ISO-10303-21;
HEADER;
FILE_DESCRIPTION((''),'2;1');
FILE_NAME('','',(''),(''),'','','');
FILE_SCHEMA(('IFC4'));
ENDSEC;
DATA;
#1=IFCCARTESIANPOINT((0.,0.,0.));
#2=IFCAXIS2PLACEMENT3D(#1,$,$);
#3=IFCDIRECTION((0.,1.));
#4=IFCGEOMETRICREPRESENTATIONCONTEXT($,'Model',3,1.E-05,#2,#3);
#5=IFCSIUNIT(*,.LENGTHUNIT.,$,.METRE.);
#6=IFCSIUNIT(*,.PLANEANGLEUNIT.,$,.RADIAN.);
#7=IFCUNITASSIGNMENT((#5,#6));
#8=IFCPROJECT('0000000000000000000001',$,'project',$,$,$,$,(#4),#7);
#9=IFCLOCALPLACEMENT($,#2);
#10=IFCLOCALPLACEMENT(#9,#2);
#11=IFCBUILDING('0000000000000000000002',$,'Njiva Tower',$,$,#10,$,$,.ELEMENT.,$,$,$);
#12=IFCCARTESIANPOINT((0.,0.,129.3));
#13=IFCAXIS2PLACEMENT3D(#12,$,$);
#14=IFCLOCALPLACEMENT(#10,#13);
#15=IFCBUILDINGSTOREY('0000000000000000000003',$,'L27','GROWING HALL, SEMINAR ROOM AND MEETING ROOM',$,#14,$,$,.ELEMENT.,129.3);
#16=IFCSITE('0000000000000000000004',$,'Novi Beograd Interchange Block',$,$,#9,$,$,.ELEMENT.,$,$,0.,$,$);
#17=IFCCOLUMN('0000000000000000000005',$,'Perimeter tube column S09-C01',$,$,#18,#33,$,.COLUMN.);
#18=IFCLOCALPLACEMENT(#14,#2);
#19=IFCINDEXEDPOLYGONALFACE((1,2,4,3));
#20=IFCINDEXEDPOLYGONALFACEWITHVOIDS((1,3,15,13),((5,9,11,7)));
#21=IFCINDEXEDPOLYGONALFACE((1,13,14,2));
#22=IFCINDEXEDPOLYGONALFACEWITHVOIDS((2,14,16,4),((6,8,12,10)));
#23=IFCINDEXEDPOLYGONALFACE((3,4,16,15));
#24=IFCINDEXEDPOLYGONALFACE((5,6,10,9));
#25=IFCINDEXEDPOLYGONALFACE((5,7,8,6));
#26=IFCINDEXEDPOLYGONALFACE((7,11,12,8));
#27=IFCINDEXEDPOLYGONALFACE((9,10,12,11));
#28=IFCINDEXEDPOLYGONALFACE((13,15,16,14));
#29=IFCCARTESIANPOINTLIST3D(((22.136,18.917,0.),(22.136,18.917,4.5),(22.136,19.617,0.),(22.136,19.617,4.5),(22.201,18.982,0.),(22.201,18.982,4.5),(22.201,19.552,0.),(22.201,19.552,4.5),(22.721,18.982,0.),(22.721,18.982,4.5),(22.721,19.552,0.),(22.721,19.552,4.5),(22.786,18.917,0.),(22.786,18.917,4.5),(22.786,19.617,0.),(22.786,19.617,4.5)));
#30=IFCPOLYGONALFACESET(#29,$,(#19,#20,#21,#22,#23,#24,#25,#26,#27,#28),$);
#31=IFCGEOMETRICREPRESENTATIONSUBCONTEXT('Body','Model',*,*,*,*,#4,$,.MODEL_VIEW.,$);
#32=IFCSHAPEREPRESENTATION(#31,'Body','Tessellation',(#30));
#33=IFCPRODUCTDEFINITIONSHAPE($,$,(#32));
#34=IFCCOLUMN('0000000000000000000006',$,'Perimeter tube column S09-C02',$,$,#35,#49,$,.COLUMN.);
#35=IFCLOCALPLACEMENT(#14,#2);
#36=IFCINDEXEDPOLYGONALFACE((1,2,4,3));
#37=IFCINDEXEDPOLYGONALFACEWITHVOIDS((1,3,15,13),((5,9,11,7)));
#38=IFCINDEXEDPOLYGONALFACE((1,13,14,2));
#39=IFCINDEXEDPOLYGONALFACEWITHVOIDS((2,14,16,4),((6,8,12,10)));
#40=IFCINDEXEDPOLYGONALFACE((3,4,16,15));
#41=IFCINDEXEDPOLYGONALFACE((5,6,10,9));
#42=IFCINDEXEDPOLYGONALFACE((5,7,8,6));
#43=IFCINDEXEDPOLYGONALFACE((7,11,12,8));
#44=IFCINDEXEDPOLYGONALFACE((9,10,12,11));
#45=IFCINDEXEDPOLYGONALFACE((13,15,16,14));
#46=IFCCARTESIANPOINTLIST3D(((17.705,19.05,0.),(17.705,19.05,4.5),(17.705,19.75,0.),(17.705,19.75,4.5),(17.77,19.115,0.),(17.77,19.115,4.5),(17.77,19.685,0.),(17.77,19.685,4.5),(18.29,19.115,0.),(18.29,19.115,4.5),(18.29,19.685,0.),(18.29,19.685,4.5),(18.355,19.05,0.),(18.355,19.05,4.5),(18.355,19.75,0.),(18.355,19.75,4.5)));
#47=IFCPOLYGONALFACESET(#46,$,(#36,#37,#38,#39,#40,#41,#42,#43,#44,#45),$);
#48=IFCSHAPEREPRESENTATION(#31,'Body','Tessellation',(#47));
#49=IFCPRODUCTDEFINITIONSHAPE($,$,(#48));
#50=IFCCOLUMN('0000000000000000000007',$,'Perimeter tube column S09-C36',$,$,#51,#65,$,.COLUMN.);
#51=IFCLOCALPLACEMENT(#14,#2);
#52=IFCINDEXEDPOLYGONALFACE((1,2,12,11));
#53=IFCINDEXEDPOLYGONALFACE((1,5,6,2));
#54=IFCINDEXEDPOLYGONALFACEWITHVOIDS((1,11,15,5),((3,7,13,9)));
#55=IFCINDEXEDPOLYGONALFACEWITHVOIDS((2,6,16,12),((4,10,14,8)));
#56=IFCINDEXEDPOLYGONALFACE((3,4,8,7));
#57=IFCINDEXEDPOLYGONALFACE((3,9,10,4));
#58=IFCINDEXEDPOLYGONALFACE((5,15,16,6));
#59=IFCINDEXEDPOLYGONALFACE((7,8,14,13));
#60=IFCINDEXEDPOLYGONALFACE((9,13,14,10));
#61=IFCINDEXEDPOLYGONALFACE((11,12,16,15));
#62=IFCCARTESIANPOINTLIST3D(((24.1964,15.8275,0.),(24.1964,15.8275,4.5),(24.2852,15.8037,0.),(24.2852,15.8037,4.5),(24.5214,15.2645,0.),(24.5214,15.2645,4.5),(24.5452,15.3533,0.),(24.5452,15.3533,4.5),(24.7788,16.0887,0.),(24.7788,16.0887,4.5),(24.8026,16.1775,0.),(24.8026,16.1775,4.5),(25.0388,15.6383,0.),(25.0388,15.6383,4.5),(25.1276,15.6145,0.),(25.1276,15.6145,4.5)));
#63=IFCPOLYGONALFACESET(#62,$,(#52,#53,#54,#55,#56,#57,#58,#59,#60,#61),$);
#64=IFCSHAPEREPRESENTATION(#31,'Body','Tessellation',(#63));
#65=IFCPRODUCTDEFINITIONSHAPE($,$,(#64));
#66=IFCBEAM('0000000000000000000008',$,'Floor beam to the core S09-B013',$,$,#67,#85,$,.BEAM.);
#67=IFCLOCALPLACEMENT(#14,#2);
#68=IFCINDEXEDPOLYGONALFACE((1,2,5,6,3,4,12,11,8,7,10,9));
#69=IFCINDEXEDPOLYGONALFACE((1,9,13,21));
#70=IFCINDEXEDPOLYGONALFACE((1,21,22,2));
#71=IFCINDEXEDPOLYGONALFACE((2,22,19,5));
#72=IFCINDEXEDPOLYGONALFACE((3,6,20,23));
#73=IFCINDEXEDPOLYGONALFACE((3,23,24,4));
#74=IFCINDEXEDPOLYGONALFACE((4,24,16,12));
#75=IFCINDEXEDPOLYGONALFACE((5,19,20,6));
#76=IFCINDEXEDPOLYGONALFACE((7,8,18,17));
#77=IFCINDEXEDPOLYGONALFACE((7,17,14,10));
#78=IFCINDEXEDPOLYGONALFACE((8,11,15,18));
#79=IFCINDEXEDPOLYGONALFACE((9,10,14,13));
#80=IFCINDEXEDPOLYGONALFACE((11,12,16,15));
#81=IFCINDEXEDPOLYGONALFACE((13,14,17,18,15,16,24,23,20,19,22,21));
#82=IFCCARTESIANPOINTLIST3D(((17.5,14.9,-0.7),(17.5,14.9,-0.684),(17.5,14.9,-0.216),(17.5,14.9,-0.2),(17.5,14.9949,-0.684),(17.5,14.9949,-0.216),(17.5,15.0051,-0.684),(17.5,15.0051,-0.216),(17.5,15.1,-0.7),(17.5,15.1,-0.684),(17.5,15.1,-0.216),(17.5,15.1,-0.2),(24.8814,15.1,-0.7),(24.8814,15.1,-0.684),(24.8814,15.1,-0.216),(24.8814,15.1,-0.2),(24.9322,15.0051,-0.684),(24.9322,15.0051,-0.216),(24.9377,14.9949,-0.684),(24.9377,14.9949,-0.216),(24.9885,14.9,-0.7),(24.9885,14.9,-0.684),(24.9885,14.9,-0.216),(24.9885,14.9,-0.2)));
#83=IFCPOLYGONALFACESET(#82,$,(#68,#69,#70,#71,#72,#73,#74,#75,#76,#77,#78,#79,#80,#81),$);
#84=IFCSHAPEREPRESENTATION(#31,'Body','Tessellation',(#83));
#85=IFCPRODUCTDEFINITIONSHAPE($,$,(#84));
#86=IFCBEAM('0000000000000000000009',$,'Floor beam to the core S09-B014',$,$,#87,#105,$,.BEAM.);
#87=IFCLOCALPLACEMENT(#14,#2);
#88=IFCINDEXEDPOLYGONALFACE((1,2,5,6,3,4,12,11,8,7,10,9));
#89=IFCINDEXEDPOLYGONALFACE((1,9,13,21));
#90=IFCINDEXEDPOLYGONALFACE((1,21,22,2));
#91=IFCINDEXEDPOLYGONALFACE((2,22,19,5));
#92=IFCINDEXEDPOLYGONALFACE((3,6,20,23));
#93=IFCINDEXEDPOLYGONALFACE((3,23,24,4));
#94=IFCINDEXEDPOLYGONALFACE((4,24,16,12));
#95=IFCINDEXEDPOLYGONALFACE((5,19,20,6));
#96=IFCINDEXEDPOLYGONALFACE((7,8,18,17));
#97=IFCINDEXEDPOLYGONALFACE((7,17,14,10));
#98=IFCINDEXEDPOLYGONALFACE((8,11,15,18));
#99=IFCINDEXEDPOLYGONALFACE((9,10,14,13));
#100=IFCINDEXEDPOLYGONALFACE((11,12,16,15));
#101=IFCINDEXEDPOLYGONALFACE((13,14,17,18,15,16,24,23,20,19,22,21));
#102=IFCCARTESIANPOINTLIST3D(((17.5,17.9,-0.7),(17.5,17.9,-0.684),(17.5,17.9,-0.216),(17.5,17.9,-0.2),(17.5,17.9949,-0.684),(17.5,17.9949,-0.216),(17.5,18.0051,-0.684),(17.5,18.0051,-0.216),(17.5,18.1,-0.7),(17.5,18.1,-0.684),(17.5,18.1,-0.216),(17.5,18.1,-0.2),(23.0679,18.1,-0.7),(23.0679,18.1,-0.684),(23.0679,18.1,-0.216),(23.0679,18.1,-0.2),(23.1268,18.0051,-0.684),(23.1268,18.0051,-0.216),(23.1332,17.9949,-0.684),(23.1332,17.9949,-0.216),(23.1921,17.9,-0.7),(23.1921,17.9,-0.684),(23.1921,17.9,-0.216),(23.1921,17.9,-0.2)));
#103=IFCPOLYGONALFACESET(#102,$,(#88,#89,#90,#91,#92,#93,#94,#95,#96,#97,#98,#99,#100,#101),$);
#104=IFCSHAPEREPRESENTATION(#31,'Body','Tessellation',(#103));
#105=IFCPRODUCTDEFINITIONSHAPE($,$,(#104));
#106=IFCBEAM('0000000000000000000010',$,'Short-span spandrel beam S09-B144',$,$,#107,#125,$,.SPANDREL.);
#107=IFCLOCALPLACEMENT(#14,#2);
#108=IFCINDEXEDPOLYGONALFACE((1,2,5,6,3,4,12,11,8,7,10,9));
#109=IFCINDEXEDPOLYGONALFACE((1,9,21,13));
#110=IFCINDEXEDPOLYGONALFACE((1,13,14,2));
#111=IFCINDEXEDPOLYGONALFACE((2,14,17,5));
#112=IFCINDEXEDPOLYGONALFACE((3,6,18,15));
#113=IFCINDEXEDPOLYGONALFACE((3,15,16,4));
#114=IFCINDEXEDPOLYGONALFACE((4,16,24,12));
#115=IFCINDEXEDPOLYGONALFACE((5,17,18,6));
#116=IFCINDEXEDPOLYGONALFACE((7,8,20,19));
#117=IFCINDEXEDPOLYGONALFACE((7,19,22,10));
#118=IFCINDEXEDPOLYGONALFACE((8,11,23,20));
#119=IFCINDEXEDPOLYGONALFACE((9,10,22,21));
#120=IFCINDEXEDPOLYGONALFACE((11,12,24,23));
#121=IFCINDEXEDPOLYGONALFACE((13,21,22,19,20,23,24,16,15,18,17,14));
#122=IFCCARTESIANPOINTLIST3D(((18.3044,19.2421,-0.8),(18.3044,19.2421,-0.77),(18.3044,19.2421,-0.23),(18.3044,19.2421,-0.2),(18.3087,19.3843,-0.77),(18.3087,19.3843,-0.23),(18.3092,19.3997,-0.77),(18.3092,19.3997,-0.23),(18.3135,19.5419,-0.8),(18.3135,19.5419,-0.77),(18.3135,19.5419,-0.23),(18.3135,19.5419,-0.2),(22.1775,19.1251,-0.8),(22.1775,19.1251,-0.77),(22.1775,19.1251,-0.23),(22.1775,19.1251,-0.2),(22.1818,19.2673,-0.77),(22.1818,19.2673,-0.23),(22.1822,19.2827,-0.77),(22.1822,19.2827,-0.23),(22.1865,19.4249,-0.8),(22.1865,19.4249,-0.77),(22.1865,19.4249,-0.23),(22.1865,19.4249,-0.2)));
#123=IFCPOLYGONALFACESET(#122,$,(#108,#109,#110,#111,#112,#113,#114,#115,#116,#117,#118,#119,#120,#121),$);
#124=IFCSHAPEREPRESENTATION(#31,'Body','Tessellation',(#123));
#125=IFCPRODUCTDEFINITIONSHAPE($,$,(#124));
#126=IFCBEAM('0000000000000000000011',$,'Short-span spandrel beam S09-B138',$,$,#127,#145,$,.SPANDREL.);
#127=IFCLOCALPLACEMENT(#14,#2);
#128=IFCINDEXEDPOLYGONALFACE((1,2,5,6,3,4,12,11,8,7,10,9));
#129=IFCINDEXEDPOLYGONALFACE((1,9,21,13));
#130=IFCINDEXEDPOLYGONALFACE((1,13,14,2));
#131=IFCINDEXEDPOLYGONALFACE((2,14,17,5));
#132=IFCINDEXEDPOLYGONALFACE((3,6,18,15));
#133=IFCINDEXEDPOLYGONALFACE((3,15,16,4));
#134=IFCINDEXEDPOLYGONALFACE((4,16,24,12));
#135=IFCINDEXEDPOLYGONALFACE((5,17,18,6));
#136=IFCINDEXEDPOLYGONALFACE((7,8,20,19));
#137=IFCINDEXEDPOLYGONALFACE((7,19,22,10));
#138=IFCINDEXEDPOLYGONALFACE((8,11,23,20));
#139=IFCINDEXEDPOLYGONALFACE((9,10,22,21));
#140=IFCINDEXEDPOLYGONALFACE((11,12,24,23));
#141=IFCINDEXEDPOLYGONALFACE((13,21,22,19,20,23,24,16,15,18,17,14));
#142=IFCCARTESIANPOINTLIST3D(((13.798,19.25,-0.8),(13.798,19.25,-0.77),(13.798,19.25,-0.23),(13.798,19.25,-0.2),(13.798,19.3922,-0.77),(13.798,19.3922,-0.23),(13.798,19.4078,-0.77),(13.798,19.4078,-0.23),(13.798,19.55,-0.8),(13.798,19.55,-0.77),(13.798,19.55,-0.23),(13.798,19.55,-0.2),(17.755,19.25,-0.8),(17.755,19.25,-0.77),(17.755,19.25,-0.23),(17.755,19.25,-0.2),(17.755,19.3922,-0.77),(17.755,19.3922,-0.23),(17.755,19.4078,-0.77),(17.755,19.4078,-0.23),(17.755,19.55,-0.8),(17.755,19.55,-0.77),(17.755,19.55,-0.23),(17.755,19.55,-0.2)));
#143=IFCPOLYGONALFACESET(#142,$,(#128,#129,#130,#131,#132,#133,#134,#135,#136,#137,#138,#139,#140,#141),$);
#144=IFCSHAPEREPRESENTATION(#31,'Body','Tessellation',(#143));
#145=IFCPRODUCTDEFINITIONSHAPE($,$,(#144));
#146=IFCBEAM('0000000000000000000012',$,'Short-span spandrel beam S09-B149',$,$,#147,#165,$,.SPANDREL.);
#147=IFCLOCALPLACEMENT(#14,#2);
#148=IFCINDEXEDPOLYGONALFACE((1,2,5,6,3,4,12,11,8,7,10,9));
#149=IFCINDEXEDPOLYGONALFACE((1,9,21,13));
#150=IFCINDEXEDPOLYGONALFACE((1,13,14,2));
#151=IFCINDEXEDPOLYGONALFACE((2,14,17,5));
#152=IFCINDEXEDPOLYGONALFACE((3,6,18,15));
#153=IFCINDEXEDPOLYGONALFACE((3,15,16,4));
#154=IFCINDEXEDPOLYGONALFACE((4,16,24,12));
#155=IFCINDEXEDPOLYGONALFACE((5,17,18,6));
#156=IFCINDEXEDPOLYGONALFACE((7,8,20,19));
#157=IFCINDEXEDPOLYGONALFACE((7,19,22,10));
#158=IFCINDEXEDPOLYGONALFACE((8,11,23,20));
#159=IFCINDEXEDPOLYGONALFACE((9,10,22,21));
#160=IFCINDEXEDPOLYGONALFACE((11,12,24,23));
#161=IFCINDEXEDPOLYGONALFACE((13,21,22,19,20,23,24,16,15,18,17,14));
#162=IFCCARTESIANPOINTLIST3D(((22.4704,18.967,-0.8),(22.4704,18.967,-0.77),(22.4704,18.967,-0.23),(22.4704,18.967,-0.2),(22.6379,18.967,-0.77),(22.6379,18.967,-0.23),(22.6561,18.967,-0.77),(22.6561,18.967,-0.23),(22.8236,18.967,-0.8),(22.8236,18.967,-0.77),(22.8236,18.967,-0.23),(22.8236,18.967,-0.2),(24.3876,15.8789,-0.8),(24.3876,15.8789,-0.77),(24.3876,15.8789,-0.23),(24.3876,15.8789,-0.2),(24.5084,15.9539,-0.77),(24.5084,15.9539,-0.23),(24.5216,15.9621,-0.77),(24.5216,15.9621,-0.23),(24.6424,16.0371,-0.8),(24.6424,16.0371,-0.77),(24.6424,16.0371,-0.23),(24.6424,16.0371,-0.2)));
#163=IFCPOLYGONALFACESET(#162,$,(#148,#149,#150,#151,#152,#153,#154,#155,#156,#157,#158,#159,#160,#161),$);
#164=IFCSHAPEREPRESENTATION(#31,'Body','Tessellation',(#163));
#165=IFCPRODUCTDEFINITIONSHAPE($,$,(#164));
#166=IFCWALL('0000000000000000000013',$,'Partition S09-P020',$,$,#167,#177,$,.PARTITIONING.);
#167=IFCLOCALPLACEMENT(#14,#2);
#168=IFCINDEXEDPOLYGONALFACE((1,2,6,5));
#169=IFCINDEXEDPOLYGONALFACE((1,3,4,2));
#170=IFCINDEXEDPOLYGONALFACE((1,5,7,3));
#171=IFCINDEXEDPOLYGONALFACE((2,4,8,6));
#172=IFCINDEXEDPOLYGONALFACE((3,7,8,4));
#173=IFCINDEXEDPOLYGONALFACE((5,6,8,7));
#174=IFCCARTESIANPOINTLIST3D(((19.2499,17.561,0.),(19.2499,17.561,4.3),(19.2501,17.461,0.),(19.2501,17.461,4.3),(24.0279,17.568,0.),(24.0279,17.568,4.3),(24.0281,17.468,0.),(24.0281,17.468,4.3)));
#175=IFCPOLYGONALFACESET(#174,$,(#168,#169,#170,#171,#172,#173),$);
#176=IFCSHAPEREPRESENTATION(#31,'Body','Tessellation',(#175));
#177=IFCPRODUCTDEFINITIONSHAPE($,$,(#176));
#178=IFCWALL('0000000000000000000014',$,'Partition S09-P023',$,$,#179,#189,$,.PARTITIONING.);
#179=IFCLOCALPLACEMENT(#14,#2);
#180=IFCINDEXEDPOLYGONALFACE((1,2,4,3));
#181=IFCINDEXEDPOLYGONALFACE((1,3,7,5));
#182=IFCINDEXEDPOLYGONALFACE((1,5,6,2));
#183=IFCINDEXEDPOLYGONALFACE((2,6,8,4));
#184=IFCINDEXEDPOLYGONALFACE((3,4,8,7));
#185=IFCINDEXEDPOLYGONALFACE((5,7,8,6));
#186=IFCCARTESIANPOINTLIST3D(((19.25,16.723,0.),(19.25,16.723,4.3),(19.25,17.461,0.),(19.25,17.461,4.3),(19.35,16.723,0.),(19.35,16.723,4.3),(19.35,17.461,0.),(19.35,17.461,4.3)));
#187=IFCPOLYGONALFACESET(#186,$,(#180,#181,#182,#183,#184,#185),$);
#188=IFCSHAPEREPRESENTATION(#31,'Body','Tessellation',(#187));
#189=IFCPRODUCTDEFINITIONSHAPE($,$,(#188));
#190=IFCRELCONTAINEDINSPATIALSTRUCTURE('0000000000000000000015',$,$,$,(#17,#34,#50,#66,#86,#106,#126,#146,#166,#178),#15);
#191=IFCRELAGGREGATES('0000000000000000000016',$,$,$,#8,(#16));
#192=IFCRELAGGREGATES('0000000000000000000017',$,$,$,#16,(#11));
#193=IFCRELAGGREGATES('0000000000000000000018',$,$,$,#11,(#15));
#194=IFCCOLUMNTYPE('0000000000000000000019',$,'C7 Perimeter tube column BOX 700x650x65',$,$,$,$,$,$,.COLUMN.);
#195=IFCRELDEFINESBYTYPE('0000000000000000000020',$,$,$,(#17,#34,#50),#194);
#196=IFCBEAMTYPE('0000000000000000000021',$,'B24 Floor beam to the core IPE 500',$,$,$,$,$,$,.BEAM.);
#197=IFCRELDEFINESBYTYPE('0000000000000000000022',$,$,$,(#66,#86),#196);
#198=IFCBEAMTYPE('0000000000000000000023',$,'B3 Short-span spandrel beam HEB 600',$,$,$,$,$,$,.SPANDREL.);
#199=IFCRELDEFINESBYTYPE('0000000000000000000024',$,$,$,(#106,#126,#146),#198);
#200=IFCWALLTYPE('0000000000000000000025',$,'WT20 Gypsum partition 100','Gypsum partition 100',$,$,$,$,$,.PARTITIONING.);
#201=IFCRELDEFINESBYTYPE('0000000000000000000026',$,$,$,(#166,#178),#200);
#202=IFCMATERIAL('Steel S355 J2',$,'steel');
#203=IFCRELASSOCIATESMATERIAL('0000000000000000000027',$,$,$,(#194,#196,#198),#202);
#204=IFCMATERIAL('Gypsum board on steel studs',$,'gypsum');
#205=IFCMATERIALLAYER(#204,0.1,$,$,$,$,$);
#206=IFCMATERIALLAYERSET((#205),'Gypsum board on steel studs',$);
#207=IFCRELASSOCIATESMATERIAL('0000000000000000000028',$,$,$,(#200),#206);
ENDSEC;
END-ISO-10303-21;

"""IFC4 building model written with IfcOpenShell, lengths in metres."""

from ifc_helpers import new_model, si_unit, direction, frame, frame_2d, origin, origin_2d, place, context, subcontext, project, spatial, rectangle, hollow_rectangle, i_section, extrude, clip, halfspace, material, layer, layer_set, material_profile, profile_set, type_object, element, save


model = new_model("IFC4")

# Units and contexts
model_context = context("Model", 3, precision=1e-05, world=origin(), true_north=direction((0.0, 1.0)))
body_context = subcontext(model_context, "Body", "Model", "MODEL_VIEW")
ifc_project = project(units=[si_unit("LENGTHUNIT", "METRE"), si_unit("PLANEANGLEUNIT", "RADIAN")], contexts=[model_context])

# Site, building, storey
site_placement = place(None, origin())
site = spatial("IfcSite", under=ifc_project, at=site_placement, Name="Novi Beograd Interchange Block", CompositionType="ELEMENT", RefElevation=0.0)
building_placement = place(site_placement, origin())
building = spatial("IfcBuilding", under=site, at=building_placement, Name="Njiva Tower", CompositionType="ELEMENT")
storey_placement = place(building_placement, frame((0.0, 0.0, 129.3)))
storey = spatial("IfcBuildingStorey", under=building, at=storey_placement, Name="L27", Description="GROWING HALL, SEMINAR ROOM AND MEETING ROOM", CompositionType="ELEMENT", Elevation=129.3)

# Columns
ifc_material_1 = material(Name="Steel S355 J2", Category="steel")
ifc_material_profile_1 = material_profile(ifc_material_1, hollow_rectangle(XDim=0.65, YDim=0.7, WallThickness=0.065, at=origin_2d()), Name="BOX 700x650x65")
ifc_profile_set_1 = profile_set([ifc_material_profile_1], Name="Steel S355 J2")
column_type = type_object("IfcColumnType", Name="C7 Perimeter tube column BOX 700x650x65", PredefinedType="COLUMN", material=ifc_profile_set_1)
for number, where, z_axis, x_axis, name in (
    (1, (22.461, 19.267, 0.0), (0.0, 0.0, 1.0), (-1.0, 0.0, 0.0), "Perimeter tube column S09-C01"),
    (2, (18.03, 19.4, 0.0), (0.0, 0.0, 1.0), (-1.0, 0.0, 0.0), "Perimeter tube column S09-C02"),
    (3, (24.662, 15.721, 0.0), (0.0, 0.0, 1.0), (-0.5, 0.866025, 0.0), "Perimeter tube column S09-C36"),
):
    element("IfcColumn", number, at=place(storey_placement, frame(where, z_axis=z_axis, x_axis=x_axis)), inside=storey, type_object=column_type, Name=name, PredefinedType="COLUMN", context=body_context, shape_type="SweptSolid", body=[
        extrude(hollow_rectangle(XDim=0.65, YDim=0.7, WallThickness=0.065, at=origin_2d()), origin(), (0.0, 0.0, 1.0), 4.5),
    ])

# Beams
ifc_material_profile_2 = material_profile(ifc_material_1, i_section(OverallWidth=0.2, OverallDepth=0.5, WebThickness=0.0102, FlangeThickness=0.016, at=origin_2d()), Name="IPE 500")
ifc_profile_set_2 = profile_set([ifc_material_profile_2], Name="Steel S355 J2")
beam_type_1 = type_object("IfcBeamType", Name="B24 Floor beam to the core IPE 500", PredefinedType="BEAM", material=ifc_profile_set_2)
beam_1_placement = place(storey_placement, frame((17.5, 15.0, -0.45), z_axis=(1.0, 0.0, 0.0), x_axis=(0.0, 1.0, 0.0)))
element("IfcBeam", 4, at=beam_1_placement, inside=storey, type_object=beam_type_1, Name="Floor beam to the core S09-B013", PredefinedType="BEAM", context=body_context, shape_type="Clipping", body=[
    clip(extrude(i_section(OverallWidth=0.2, OverallDepth=0.5, WebThickness=0.0102, FlangeThickness=0.016, at=origin_2d()), origin(), (0.0, 0.0, 1.0), 7.509), halfspace(frame((0.0236, 0.0, 7.4223), z_axis=(0.472122, 0.0, 0.881533), x_axis=(0.0, 1.0, 0.0)), False)),
])
beam_2_placement = place(storey_placement, frame((17.5, 18.0, -0.45), z_axis=(1.0, 0.0, 0.0), x_axis=(0.0, 1.0, 0.0)))
element("IfcBeam", 5, at=beam_2_placement, inside=storey, type_object=beam_type_1, Name="Floor beam to the core S09-B014", PredefinedType="BEAM", context=body_context, shape_type="Clipping", body=[
    clip(extrude(i_section(OverallWidth=0.2, OverallDepth=0.5, WebThickness=0.0102, FlangeThickness=0.016, at=origin_2d()), origin(), (0.0, 0.0, 1.0), 5.712), halfspace(frame((0.0264, 0.0, 5.6136), z_axis=(0.527368, 0.0, 0.849637), x_axis=(0.0, 1.0, 0.0)), False)),
])
ifc_material_profile_3 = material_profile(ifc_material_1, i_section(OverallWidth=0.3, OverallDepth=0.6, WebThickness=0.0155, FlangeThickness=0.03, at=origin_2d()), Name="HEB 600")
ifc_profile_set_3 = profile_set([ifc_material_profile_3], Name="Steel S355 J2")
beam_type_2 = type_object("IfcBeamType", Name="B3 Short-span spandrel beam HEB 600", PredefinedType="SPANDREL", material=ifc_profile_set_3)
beam_3_placement = place(storey_placement, frame((22.182, 19.275, -0.5), z_axis=(-0.999544, 0.030195, 0.0), x_axis=(-0.030195, -0.999544, 0.0)))
element("IfcBeam", 6, at=beam_3_placement, inside=storey, type_object=beam_type_2, Name="Short-span spandrel beam S09-B144", PredefinedType="SPANDREL", context=body_context, shape_type="SweptSolid", body=[
    extrude(i_section(OverallWidth=0.3, OverallDepth=0.6, WebThickness=0.0155, FlangeThickness=0.03, at=origin_2d()), origin(), (0.0, 0.0, 1.0), 3.8748),
])
beam_4_placement = place(storey_placement, frame((17.755, 19.4, -0.5), z_axis=(-1.0, 0.0, 0.0), x_axis=(0.0, -1.0, 0.0)))
element("IfcBeam", 7, at=beam_4_placement, inside=storey, type_object=beam_type_2, Name="Short-span spandrel beam S09-B138", PredefinedType="SPANDREL", context=body_context, shape_type="SweptSolid", body=[
    extrude(i_section(OverallWidth=0.3, OverallDepth=0.6, WebThickness=0.0155, FlangeThickness=0.03, at=origin_2d()), origin(), (0.0, 0.0, 1.0), 3.957),
])
beam_5_placement = place(storey_placement, frame((24.515, 15.958, -0.5), z_axis=(-0.527433, 0.849597, 0.0), x_axis=(-0.849597, -0.527433, 0.0)))
element("IfcBeam", 8, at=beam_5_placement, inside=storey, type_object=beam_type_2, Name="Short-span spandrel beam S09-B149", PredefinedType="SPANDREL", context=body_context, shape_type="Clipping", body=[
    clip(extrude(i_section(OverallWidth=0.3, OverallDepth=0.6, WebThickness=0.0155, FlangeThickness=0.03, at=origin_2d()), origin(), (0.0, 0.0, 1.0), 3.6547), halfspace(frame((-0.0267, 0.0, 3.5251), z_axis=(-0.527433, 0.0, 0.849597), x_axis=(0.0, 1.0, 0.0)), False)),
])

# Walls
ifc_material_2 = material(Name="Gypsum board on steel studs", Category="gypsum")
ifc_layer_1 = layer(ifc_material_2, 0.1)
ifc_layer_set_1 = layer_set([ifc_layer_1], Name="Gypsum board on steel studs")
wall_type_1 = type_object("IfcWallType", Name="WT20 Gypsum partition 100", Description="Gypsum partition 100", PredefinedType="PARTITIONING", material=ifc_layer_set_1)
wall_1_placement = place(storey_placement, frame((19.25, 17.511, 0.0), z_axis=(0.0, 0.0, 1.0), x_axis=(0.999999, 0.001465, 0.0)))
element("IfcWall", 9, at=wall_1_placement, inside=storey, type_object=wall_type_1, Name="Partition S09-P020", PredefinedType="PARTITIONING", context=body_context, shape_type="SweptSolid", body=[
    extrude(rectangle(XDim=4.778, YDim=0.1, at=frame_2d((2.389, 0.0))), origin(), (0.0, 0.0, 1.0), 4.3),
])
wall_2_placement = place(storey_placement, frame((19.3, 16.723, 0.0), z_axis=(0.0, 0.0, 1.0), x_axis=(0.0, 1.0, 0.0)))
element("IfcWall", 10, at=wall_2_placement, inside=storey, type_object=wall_type_1, Name="Partition S09-P023", PredefinedType="PARTITIONING", context=body_context, shape_type="SweptSolid", body=[
    extrude(rectangle(XDim=0.738, YDim=0.1, at=frame_2d((0.369, 0.0))), origin(), (0.0, 0.0, 1.0), 4.3),
])

save(model, "model.ifc")
